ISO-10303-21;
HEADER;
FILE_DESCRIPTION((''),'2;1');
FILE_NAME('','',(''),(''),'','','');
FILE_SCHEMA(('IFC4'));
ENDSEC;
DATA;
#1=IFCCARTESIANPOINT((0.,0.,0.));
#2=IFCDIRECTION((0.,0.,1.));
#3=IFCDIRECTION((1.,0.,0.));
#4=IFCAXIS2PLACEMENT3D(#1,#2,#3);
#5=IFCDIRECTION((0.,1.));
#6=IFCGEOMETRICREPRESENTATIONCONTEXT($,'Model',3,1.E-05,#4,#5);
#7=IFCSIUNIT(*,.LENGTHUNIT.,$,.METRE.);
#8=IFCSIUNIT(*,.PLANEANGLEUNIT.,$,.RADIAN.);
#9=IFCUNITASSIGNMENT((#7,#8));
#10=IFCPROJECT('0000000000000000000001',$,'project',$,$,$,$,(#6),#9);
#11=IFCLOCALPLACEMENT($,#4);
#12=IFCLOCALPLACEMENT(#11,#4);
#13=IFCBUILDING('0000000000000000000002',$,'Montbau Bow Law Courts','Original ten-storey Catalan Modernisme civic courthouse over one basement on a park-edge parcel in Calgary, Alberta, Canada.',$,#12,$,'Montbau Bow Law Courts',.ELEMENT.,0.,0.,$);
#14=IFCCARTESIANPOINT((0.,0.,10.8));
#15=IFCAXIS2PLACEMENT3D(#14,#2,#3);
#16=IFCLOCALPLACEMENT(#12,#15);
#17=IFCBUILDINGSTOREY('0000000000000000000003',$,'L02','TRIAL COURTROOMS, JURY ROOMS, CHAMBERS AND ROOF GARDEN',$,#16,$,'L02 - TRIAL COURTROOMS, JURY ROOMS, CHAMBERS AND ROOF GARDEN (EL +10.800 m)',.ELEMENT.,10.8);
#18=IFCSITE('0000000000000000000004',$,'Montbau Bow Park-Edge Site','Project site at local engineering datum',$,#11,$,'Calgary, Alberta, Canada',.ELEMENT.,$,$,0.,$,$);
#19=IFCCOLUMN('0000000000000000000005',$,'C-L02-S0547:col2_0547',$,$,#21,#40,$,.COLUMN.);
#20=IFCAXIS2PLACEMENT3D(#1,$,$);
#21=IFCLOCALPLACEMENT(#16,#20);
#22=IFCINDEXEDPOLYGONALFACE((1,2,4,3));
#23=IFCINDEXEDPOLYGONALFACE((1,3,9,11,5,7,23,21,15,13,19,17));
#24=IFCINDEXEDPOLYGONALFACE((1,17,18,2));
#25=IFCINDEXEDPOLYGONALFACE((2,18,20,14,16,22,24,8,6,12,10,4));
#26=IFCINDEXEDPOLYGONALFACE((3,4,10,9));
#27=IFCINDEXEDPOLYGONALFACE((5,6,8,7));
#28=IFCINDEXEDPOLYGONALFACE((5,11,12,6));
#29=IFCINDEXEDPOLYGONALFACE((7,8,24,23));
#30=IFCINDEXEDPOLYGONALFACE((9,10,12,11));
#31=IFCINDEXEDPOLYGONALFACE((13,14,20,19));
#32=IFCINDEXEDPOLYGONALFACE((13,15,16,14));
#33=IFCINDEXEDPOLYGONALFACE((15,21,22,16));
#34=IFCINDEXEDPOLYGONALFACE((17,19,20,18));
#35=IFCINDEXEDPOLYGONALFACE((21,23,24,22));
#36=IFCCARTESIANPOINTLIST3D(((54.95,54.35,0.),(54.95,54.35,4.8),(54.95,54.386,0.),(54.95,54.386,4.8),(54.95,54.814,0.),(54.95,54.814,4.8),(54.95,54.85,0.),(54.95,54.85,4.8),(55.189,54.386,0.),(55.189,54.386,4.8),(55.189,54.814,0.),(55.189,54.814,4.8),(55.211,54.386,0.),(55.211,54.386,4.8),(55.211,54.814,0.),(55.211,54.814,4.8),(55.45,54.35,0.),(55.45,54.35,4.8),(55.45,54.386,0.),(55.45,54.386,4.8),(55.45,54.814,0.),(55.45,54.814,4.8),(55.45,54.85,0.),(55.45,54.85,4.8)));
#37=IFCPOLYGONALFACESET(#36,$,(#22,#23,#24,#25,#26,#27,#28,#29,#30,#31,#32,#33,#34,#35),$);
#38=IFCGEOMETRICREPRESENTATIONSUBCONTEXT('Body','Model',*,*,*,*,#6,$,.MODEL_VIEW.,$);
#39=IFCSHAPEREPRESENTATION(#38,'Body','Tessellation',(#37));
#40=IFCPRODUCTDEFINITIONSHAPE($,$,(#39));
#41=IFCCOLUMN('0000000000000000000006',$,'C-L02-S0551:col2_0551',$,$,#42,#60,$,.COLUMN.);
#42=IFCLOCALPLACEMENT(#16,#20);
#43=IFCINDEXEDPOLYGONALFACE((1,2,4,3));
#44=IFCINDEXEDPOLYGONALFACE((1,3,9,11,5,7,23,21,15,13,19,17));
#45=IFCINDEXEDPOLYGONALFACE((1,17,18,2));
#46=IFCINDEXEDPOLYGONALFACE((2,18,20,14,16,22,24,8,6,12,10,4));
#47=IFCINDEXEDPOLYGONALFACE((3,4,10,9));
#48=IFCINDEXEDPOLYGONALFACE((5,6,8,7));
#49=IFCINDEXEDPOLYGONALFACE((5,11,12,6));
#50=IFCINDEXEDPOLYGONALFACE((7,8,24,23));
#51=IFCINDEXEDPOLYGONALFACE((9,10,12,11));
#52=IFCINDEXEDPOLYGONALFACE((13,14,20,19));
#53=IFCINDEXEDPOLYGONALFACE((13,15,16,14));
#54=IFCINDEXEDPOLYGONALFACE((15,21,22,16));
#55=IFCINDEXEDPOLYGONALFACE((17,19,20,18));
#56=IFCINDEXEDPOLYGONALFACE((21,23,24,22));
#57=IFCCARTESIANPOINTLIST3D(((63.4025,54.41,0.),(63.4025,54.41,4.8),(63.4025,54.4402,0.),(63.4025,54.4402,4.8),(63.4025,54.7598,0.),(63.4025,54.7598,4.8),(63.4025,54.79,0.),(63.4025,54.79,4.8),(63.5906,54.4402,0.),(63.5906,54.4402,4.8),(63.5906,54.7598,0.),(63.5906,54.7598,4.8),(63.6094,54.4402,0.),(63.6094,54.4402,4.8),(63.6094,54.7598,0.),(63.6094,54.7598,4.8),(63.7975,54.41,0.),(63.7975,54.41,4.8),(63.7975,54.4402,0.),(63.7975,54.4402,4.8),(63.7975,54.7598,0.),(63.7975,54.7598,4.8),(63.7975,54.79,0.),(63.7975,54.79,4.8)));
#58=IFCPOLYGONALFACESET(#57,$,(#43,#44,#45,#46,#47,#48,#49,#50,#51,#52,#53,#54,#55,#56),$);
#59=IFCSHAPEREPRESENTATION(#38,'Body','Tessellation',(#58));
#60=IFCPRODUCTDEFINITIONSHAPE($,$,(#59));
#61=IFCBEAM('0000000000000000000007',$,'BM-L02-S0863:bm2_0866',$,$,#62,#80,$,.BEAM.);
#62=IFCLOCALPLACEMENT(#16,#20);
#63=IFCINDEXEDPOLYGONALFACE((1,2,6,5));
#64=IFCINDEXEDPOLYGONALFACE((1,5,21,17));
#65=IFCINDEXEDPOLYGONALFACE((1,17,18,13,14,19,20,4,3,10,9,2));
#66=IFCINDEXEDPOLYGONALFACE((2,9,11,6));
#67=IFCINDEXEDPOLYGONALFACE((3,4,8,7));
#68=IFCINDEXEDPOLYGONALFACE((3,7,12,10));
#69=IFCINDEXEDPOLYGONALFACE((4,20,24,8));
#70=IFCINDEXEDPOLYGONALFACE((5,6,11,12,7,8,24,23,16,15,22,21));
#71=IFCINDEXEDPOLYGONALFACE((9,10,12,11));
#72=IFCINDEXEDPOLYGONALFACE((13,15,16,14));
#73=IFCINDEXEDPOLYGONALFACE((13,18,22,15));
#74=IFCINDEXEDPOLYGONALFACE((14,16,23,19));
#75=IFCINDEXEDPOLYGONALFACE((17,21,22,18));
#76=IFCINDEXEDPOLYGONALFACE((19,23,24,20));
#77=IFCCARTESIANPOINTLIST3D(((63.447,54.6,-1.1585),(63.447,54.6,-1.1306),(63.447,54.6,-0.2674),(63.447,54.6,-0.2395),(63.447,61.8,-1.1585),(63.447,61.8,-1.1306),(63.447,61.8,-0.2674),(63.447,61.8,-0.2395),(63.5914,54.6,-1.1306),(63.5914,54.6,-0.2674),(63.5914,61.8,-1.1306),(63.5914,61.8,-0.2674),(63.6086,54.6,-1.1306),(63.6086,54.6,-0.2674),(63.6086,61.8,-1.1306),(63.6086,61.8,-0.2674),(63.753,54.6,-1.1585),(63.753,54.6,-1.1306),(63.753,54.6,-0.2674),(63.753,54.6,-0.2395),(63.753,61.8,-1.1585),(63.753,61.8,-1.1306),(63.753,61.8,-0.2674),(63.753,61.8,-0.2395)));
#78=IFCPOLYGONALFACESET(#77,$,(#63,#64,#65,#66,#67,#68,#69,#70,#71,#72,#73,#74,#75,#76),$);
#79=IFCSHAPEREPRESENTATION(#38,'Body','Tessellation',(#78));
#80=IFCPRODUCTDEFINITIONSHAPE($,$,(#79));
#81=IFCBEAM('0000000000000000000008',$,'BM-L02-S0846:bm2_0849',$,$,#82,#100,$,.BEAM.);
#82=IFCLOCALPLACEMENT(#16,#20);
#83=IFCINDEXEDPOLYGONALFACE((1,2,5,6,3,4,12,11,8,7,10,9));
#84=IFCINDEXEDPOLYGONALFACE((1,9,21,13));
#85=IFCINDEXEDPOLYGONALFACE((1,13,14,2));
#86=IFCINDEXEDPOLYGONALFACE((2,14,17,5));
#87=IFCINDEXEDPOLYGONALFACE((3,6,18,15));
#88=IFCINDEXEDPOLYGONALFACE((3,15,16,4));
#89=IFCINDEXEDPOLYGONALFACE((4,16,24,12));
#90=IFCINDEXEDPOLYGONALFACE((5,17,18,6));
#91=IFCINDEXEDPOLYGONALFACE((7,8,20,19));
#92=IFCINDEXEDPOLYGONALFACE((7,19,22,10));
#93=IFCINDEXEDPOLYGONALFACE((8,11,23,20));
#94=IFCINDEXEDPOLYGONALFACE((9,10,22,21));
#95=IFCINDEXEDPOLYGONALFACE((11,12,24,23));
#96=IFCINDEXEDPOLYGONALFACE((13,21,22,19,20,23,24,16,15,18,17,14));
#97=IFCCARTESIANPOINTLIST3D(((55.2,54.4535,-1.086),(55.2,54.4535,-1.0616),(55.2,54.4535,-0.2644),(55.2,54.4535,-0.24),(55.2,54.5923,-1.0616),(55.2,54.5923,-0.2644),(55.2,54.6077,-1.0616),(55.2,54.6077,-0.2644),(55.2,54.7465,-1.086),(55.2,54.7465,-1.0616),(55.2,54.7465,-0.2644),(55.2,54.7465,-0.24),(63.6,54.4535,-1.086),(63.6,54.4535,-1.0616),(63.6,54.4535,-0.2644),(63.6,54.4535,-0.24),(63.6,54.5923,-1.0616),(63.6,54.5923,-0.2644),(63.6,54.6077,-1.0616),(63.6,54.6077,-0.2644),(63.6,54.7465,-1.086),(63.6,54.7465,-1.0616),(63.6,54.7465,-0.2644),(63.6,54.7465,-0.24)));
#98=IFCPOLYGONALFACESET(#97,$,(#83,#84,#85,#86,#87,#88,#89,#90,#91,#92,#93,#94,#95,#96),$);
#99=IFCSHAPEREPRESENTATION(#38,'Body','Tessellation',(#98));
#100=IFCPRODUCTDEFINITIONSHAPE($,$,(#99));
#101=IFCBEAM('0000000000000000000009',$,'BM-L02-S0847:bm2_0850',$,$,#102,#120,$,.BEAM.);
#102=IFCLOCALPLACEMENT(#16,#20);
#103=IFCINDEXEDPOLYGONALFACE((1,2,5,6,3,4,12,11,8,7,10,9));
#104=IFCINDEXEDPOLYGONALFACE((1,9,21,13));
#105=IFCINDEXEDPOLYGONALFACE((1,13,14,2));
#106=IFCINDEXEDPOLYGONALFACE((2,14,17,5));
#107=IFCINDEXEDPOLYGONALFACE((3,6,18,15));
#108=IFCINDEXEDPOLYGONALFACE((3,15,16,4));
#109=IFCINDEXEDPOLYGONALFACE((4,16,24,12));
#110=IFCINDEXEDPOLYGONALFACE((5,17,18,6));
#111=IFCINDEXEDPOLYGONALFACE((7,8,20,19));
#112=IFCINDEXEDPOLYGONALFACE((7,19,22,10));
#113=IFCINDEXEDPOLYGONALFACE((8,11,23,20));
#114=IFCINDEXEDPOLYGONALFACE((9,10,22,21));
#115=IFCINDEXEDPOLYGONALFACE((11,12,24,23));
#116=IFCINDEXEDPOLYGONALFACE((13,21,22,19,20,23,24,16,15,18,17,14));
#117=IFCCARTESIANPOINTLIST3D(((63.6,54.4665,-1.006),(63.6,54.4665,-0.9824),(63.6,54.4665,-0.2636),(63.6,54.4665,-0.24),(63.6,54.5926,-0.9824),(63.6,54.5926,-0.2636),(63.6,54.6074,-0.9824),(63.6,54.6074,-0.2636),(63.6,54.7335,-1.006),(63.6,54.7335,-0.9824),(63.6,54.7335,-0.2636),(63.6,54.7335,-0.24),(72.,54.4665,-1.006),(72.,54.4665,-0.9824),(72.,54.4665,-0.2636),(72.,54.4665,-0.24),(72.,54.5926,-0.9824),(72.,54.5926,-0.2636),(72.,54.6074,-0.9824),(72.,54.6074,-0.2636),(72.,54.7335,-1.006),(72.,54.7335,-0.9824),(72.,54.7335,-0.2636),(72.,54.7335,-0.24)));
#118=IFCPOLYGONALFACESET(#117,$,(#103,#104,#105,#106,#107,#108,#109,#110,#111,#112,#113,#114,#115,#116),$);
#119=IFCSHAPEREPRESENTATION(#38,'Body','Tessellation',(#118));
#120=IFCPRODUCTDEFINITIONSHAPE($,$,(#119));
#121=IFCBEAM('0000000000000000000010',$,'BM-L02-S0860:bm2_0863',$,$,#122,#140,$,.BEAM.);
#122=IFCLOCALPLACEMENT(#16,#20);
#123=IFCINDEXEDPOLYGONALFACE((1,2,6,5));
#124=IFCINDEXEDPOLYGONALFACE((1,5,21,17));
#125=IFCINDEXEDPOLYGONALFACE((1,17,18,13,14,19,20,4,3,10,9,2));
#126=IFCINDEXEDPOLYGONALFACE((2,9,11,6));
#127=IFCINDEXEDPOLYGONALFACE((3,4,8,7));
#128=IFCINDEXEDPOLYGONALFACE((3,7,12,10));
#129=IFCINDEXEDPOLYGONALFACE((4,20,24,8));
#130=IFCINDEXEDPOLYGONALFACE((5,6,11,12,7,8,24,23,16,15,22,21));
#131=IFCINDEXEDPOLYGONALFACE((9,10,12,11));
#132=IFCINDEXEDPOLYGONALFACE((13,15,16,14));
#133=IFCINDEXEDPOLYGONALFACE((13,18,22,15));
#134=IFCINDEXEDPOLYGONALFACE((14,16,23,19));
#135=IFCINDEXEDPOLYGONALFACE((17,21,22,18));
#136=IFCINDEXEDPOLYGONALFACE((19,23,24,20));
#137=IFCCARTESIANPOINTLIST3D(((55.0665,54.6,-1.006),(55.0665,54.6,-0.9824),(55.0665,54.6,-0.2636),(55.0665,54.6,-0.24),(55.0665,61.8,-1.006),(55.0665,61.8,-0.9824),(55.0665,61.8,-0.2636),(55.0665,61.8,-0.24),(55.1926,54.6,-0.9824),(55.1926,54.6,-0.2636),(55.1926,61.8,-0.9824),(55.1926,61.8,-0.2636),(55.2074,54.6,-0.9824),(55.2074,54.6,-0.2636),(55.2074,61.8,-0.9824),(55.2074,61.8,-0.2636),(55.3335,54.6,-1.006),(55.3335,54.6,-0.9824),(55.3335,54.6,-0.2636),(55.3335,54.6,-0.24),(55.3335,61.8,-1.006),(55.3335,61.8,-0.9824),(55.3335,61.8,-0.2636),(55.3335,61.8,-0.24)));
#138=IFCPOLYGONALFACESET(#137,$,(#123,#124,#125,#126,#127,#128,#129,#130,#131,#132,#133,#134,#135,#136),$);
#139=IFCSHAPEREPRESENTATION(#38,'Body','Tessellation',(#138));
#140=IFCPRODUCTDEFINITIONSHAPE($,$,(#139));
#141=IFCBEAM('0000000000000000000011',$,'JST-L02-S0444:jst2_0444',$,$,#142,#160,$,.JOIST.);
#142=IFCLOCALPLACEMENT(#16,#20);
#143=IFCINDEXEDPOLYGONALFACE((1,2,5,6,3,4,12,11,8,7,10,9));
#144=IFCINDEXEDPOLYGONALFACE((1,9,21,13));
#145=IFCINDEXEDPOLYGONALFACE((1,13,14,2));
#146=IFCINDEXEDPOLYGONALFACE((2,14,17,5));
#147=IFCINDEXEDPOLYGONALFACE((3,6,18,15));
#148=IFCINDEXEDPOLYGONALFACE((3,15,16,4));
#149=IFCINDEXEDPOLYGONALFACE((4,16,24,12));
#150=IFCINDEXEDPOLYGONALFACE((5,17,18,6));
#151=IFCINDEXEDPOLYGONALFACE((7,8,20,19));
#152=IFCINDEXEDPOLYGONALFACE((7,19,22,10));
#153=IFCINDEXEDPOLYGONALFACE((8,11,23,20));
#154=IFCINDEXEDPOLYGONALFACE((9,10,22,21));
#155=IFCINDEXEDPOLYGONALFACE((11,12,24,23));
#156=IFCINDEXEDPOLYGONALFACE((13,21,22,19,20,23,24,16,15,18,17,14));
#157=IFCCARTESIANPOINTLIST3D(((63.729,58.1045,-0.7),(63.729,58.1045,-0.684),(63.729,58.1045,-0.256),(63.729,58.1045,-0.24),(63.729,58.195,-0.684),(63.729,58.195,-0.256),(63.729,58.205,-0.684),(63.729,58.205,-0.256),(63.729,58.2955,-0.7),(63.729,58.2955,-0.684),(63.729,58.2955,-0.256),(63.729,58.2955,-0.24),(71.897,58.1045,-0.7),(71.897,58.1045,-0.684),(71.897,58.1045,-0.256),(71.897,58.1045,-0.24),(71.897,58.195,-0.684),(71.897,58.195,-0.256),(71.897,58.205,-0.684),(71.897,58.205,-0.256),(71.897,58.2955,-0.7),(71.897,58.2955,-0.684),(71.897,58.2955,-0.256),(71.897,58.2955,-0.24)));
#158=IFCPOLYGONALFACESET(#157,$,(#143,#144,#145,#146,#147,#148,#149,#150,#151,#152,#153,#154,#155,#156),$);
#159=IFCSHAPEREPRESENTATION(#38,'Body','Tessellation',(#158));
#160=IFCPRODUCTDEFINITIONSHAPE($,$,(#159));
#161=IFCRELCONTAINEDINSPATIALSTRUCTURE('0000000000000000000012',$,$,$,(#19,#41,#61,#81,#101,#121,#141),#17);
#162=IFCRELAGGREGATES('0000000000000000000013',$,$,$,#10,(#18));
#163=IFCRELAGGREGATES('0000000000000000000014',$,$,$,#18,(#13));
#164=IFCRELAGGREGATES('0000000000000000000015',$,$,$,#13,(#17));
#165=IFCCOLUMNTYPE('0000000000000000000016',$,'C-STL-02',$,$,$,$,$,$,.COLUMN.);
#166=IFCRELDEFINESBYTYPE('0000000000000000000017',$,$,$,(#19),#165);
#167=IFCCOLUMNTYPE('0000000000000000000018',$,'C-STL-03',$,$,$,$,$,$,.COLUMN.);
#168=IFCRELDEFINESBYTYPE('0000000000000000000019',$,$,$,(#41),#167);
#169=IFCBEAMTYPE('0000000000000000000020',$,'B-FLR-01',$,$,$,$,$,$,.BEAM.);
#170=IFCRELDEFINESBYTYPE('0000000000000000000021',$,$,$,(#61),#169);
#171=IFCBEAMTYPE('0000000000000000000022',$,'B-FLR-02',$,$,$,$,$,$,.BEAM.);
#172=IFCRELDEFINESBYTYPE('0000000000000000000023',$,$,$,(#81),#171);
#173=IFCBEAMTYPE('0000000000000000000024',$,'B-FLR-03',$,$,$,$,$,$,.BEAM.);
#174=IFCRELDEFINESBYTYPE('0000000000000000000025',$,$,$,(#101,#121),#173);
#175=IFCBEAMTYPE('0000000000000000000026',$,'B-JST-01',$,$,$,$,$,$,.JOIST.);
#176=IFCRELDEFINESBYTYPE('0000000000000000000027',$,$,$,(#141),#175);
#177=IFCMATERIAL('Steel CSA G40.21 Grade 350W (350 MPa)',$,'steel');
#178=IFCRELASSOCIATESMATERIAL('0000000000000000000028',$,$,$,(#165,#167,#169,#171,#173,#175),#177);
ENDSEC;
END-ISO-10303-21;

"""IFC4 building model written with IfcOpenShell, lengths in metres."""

from ifc_helpers import new_model, si_unit, direction, frame, origin_with_axes, origin_2d_with_axis, place, context, subcontext, project, spatial, i_section, extrude, material, material_profile, profile_set, type_object, element, save


model = new_model("IFC4")

# Units and contexts
model_context = context("Model", 3, precision=1e-05, world=origin_with_axes(), true_north=direction((0.0, 1.0)))
body_context = subcontext(model_context, "Body", "Model", "MODEL_VIEW")
ifc_project = project(units=[si_unit("LENGTHUNIT", "METRE"), si_unit("PLANEANGLEUNIT", "RADIAN")], contexts=[model_context])

# Site, building, storey
site_placement = place(None, origin_with_axes())
site = spatial("IfcSite", under=ifc_project, at=site_placement, Name="Montbau Bow Park-Edge Site", Description="Project site at local engineering datum", LongName="Calgary, Alberta, Canada", CompositionType="ELEMENT", RefElevation=0.0)
building_placement = place(site_placement, origin_with_axes())
building = spatial("IfcBuilding", under=site, at=building_placement, Name="Montbau Bow Law Courts", Description="Original ten-storey Catalan Modernisme civic courthouse over one basement on a park-edge parcel in Calgary, Alberta, Canada.", LongName="Montbau Bow Law Courts", CompositionType="ELEMENT", ElevationOfRefHeight=0.0, ElevationOfTerrain=0.0)
storey_placement = place(building_placement, frame((0.0, 0.0, 10.8), z_axis=(0.0, 0.0, 1.0), x_axis=(1.0, 0.0, 0.0)))
storey = spatial("IfcBuildingStorey", under=building, at=storey_placement, Name="L02", Description="TRIAL COURTROOMS, JURY ROOMS, CHAMBERS AND ROOF GARDEN", LongName="L02 - TRIAL COURTROOMS, JURY ROOMS, CHAMBERS AND ROOF GARDEN (EL +10.800 m)", CompositionType="ELEMENT", Elevation=10.8)

# Columns
ifc_material_1 = material(Name="Steel CSA G40.21 Grade 350W (350 MPa)", Category="steel")
ifc_material_profile_1 = material_profile(ifc_material_1, i_section(OverallWidth=0.5, OverallDepth=0.5, WebThickness=0.022, FlangeThickness=0.036, at=origin_2d_with_axis()), Name="WWF500X343", Category="Main", Priority=0)
ifc_profile_set_1 = profile_set([ifc_material_profile_1], Name="Steel CSA G40.21 Grade 350W (350 MPa)")
column_type_1 = type_object("IfcColumnType", Name="C-STL-02", PredefinedType="COLUMN", material=ifc_profile_set_1)
column_1_placement = place(None, frame((55.2, 54.6, 10.8), z_axis=(0.0, 0.0, 1.0), x_axis=(1.0, 0.0, 0.0)))
element("IfcColumn", 1, at=column_1_placement, inside=storey, type_object=column_type_1, Name="C-L02-S0547:col2_0547", PredefinedType="COLUMN", context=body_context, shape_type="SweptSolid", body=[
    extrude(i_section(OverallWidth=0.5, OverallDepth=0.5, WebThickness=0.022, FlangeThickness=0.036, at=origin_2d_with_axis()), origin_with_axes(), (0.0, 0.0, 1.0), 4.8),
])
ifc_material_profile_2 = material_profile(ifc_material_1, i_section(OverallWidth=0.395, OverallDepth=0.38, WebThickness=0.0189, FlangeThickness=0.0302, at=origin_2d_with_axis()), Name="W360X237", Category="Main", Priority=0)
ifc_profile_set_2 = profile_set([ifc_material_profile_2], Name="Steel CSA G40.21 Grade 350W (350 MPa)")
column_type_2 = type_object("IfcColumnType", Name="C-STL-03", PredefinedType="COLUMN", material=ifc_profile_set_2)
column_2_placement = place(None, frame((63.6, 54.6, 10.8), z_axis=(0.0, 0.0, 1.0), x_axis=(1.0, 0.0, 0.0)))
element("IfcColumn", 2, at=column_2_placement, inside=storey, type_object=column_type_2, Name="C-L02-S0551:col2_0551", PredefinedType="COLUMN", context=body_context, shape_type="SweptSolid", body=[
    extrude(i_section(OverallWidth=0.395, OverallDepth=0.38, WebThickness=0.0189, FlangeThickness=0.0302, at=origin_2d_with_axis()), origin_with_axes(), (0.0, 0.0, 1.0), 4.8),
])

# Beams
ifc_material_profile_3 = material_profile(ifc_material_1, i_section(OverallWidth=0.306, OverallDepth=0.919, WebThickness=0.0173, FlangeThickness=0.0279, at=origin_2d_with_axis()), Name="W920X253", Category="Main", Priority=0)
ifc_profile_set_3 = profile_set([ifc_material_profile_3], Name="Steel CSA G40.21 Grade 350W (350 MPa)")
beam_type_1 = type_object("IfcBeamType", Name="B-FLR-01", PredefinedType="BEAM", material=ifc_profile_set_3)
beam_1_placement = place(None, frame((63.6, 54.6, 10.101), z_axis=(0.0, 1.0, 0.0), x_axis=(-1.0, 0.0, 0.0)))
element("IfcBeam", 3, at=beam_1_placement, inside=storey, type_object=beam_type_1, Name="BM-L02-S0863:bm2_0866", PredefinedType="BEAM", context=body_context, shape_type="SweptSolid", body=[
    extrude(i_section(OverallWidth=0.306, OverallDepth=0.919, WebThickness=0.0173, FlangeThickness=0.0279, at=origin_2d_with_axis()), origin_with_axes(), (0.0, 0.0, 1.0), 7.2),
])
ifc_material_profile_4 = material_profile(ifc_material_1, i_section(OverallWidth=0.293, OverallDepth=0.846, WebThickness=0.0154, FlangeThickness=0.0244, at=origin_2d_with_axis()), Name="W840X210", Category="Main", Priority=0)
ifc_profile_set_4 = profile_set([ifc_material_profile_4], Name="Steel CSA G40.21 Grade 350W (350 MPa)")
beam_type_2 = type_object("IfcBeamType", Name="B-FLR-02", PredefinedType="BEAM", material=ifc_profile_set_4)
beam_2_placement = place(None, frame((55.2, 54.6, 10.137), z_axis=(1.0, 0.0, 0.0), x_axis=(0.0, 1.0, 0.0)))
element("IfcBeam", 4, at=beam_2_placement, inside=storey, type_object=beam_type_2, Name="BM-L02-S0846:bm2_0849", PredefinedType="BEAM", context=body_context, shape_type="SweptSolid", body=[
    extrude(i_section(OverallWidth=0.293, OverallDepth=0.846, WebThickness=0.0154, FlangeThickness=0.0244, at=origin_2d_with_axis()), origin_with_axes(), (0.0, 0.0, 1.0), 8.4),
])
ifc_material_profile_5 = material_profile(ifc_material_1, i_section(OverallWidth=0.267, OverallDepth=0.766, WebThickness=0.0149, FlangeThickness=0.0236, at=origin_2d_with_axis()), Name="W760X185", Category="Main", Priority=0)
ifc_profile_set_5 = profile_set([ifc_material_profile_5], Name="Steel CSA G40.21 Grade 350W (350 MPa)")
beam_type_3 = type_object("IfcBeamType", Name="B-FLR-03", PredefinedType="BEAM", material=ifc_profile_set_5)
beam_3_placement = place(None, frame((63.6, 54.6, 10.177), z_axis=(1.0, 0.0, 0.0), x_axis=(0.0, 1.0, 0.0)))
element("IfcBeam", 5, at=beam_3_placement, inside=storey, type_object=beam_type_3, Name="BM-L02-S0847:bm2_0850", PredefinedType="BEAM", context=body_context, shape_type="SweptSolid", body=[
    extrude(i_section(OverallWidth=0.267, OverallDepth=0.766, WebThickness=0.0149, FlangeThickness=0.0236, at=origin_2d_with_axis()), origin_with_axes(), (0.0, 0.0, 1.0), 8.4),
])
beam_4_placement = place(None, frame((55.2, 54.6, 10.177), z_axis=(0.0, 1.0, 0.0), x_axis=(-1.0, 0.0, 0.0)))
element("IfcBeam", 6, at=beam_4_placement, inside=storey, type_object=beam_type_3, Name="BM-L02-S0860:bm2_0863", PredefinedType="BEAM", context=body_context, shape_type="SweptSolid", body=[
    extrude(i_section(OverallWidth=0.267, OverallDepth=0.766, WebThickness=0.0149, FlangeThickness=0.0236, at=origin_2d_with_axis()), origin_with_axes(), (0.0, 0.0, 1.0), 7.2),
])
ifc_material_profile_6 = material_profile(ifc_material_1, i_section(OverallWidth=0.191, OverallDepth=0.46, WebThickness=0.0099, FlangeThickness=0.016, at=origin_2d_with_axis()), Name="W460X82", Category="Main", Priority=0)
ifc_profile_set_6 = profile_set([ifc_material_profile_6], Name="Steel CSA G40.21 Grade 350W (350 MPa)")
beam_type_4 = type_object("IfcBeamType", Name="B-JST-01", PredefinedType="JOIST", material=ifc_profile_set_6)
beam_5_placement = place(None, frame((63.729, 58.2, 10.33), z_axis=(1.0, 0.0, 0.0), x_axis=(0.0, 1.0, 0.0)))
element("IfcBeam", 7, at=beam_5_placement, inside=storey, type_object=beam_type_4, Name="JST-L02-S0444:jst2_0444", PredefinedType="JOIST", context=body_context, shape_type="SweptSolid", body=[
    extrude(i_section(OverallWidth=0.191, OverallDepth=0.46, WebThickness=0.0099, FlangeThickness=0.016, at=origin_2d_with_axis()), origin_with_axes(), (0.0, 0.0, 1.0), 8.168),
])

save(model, "model.ifc")
